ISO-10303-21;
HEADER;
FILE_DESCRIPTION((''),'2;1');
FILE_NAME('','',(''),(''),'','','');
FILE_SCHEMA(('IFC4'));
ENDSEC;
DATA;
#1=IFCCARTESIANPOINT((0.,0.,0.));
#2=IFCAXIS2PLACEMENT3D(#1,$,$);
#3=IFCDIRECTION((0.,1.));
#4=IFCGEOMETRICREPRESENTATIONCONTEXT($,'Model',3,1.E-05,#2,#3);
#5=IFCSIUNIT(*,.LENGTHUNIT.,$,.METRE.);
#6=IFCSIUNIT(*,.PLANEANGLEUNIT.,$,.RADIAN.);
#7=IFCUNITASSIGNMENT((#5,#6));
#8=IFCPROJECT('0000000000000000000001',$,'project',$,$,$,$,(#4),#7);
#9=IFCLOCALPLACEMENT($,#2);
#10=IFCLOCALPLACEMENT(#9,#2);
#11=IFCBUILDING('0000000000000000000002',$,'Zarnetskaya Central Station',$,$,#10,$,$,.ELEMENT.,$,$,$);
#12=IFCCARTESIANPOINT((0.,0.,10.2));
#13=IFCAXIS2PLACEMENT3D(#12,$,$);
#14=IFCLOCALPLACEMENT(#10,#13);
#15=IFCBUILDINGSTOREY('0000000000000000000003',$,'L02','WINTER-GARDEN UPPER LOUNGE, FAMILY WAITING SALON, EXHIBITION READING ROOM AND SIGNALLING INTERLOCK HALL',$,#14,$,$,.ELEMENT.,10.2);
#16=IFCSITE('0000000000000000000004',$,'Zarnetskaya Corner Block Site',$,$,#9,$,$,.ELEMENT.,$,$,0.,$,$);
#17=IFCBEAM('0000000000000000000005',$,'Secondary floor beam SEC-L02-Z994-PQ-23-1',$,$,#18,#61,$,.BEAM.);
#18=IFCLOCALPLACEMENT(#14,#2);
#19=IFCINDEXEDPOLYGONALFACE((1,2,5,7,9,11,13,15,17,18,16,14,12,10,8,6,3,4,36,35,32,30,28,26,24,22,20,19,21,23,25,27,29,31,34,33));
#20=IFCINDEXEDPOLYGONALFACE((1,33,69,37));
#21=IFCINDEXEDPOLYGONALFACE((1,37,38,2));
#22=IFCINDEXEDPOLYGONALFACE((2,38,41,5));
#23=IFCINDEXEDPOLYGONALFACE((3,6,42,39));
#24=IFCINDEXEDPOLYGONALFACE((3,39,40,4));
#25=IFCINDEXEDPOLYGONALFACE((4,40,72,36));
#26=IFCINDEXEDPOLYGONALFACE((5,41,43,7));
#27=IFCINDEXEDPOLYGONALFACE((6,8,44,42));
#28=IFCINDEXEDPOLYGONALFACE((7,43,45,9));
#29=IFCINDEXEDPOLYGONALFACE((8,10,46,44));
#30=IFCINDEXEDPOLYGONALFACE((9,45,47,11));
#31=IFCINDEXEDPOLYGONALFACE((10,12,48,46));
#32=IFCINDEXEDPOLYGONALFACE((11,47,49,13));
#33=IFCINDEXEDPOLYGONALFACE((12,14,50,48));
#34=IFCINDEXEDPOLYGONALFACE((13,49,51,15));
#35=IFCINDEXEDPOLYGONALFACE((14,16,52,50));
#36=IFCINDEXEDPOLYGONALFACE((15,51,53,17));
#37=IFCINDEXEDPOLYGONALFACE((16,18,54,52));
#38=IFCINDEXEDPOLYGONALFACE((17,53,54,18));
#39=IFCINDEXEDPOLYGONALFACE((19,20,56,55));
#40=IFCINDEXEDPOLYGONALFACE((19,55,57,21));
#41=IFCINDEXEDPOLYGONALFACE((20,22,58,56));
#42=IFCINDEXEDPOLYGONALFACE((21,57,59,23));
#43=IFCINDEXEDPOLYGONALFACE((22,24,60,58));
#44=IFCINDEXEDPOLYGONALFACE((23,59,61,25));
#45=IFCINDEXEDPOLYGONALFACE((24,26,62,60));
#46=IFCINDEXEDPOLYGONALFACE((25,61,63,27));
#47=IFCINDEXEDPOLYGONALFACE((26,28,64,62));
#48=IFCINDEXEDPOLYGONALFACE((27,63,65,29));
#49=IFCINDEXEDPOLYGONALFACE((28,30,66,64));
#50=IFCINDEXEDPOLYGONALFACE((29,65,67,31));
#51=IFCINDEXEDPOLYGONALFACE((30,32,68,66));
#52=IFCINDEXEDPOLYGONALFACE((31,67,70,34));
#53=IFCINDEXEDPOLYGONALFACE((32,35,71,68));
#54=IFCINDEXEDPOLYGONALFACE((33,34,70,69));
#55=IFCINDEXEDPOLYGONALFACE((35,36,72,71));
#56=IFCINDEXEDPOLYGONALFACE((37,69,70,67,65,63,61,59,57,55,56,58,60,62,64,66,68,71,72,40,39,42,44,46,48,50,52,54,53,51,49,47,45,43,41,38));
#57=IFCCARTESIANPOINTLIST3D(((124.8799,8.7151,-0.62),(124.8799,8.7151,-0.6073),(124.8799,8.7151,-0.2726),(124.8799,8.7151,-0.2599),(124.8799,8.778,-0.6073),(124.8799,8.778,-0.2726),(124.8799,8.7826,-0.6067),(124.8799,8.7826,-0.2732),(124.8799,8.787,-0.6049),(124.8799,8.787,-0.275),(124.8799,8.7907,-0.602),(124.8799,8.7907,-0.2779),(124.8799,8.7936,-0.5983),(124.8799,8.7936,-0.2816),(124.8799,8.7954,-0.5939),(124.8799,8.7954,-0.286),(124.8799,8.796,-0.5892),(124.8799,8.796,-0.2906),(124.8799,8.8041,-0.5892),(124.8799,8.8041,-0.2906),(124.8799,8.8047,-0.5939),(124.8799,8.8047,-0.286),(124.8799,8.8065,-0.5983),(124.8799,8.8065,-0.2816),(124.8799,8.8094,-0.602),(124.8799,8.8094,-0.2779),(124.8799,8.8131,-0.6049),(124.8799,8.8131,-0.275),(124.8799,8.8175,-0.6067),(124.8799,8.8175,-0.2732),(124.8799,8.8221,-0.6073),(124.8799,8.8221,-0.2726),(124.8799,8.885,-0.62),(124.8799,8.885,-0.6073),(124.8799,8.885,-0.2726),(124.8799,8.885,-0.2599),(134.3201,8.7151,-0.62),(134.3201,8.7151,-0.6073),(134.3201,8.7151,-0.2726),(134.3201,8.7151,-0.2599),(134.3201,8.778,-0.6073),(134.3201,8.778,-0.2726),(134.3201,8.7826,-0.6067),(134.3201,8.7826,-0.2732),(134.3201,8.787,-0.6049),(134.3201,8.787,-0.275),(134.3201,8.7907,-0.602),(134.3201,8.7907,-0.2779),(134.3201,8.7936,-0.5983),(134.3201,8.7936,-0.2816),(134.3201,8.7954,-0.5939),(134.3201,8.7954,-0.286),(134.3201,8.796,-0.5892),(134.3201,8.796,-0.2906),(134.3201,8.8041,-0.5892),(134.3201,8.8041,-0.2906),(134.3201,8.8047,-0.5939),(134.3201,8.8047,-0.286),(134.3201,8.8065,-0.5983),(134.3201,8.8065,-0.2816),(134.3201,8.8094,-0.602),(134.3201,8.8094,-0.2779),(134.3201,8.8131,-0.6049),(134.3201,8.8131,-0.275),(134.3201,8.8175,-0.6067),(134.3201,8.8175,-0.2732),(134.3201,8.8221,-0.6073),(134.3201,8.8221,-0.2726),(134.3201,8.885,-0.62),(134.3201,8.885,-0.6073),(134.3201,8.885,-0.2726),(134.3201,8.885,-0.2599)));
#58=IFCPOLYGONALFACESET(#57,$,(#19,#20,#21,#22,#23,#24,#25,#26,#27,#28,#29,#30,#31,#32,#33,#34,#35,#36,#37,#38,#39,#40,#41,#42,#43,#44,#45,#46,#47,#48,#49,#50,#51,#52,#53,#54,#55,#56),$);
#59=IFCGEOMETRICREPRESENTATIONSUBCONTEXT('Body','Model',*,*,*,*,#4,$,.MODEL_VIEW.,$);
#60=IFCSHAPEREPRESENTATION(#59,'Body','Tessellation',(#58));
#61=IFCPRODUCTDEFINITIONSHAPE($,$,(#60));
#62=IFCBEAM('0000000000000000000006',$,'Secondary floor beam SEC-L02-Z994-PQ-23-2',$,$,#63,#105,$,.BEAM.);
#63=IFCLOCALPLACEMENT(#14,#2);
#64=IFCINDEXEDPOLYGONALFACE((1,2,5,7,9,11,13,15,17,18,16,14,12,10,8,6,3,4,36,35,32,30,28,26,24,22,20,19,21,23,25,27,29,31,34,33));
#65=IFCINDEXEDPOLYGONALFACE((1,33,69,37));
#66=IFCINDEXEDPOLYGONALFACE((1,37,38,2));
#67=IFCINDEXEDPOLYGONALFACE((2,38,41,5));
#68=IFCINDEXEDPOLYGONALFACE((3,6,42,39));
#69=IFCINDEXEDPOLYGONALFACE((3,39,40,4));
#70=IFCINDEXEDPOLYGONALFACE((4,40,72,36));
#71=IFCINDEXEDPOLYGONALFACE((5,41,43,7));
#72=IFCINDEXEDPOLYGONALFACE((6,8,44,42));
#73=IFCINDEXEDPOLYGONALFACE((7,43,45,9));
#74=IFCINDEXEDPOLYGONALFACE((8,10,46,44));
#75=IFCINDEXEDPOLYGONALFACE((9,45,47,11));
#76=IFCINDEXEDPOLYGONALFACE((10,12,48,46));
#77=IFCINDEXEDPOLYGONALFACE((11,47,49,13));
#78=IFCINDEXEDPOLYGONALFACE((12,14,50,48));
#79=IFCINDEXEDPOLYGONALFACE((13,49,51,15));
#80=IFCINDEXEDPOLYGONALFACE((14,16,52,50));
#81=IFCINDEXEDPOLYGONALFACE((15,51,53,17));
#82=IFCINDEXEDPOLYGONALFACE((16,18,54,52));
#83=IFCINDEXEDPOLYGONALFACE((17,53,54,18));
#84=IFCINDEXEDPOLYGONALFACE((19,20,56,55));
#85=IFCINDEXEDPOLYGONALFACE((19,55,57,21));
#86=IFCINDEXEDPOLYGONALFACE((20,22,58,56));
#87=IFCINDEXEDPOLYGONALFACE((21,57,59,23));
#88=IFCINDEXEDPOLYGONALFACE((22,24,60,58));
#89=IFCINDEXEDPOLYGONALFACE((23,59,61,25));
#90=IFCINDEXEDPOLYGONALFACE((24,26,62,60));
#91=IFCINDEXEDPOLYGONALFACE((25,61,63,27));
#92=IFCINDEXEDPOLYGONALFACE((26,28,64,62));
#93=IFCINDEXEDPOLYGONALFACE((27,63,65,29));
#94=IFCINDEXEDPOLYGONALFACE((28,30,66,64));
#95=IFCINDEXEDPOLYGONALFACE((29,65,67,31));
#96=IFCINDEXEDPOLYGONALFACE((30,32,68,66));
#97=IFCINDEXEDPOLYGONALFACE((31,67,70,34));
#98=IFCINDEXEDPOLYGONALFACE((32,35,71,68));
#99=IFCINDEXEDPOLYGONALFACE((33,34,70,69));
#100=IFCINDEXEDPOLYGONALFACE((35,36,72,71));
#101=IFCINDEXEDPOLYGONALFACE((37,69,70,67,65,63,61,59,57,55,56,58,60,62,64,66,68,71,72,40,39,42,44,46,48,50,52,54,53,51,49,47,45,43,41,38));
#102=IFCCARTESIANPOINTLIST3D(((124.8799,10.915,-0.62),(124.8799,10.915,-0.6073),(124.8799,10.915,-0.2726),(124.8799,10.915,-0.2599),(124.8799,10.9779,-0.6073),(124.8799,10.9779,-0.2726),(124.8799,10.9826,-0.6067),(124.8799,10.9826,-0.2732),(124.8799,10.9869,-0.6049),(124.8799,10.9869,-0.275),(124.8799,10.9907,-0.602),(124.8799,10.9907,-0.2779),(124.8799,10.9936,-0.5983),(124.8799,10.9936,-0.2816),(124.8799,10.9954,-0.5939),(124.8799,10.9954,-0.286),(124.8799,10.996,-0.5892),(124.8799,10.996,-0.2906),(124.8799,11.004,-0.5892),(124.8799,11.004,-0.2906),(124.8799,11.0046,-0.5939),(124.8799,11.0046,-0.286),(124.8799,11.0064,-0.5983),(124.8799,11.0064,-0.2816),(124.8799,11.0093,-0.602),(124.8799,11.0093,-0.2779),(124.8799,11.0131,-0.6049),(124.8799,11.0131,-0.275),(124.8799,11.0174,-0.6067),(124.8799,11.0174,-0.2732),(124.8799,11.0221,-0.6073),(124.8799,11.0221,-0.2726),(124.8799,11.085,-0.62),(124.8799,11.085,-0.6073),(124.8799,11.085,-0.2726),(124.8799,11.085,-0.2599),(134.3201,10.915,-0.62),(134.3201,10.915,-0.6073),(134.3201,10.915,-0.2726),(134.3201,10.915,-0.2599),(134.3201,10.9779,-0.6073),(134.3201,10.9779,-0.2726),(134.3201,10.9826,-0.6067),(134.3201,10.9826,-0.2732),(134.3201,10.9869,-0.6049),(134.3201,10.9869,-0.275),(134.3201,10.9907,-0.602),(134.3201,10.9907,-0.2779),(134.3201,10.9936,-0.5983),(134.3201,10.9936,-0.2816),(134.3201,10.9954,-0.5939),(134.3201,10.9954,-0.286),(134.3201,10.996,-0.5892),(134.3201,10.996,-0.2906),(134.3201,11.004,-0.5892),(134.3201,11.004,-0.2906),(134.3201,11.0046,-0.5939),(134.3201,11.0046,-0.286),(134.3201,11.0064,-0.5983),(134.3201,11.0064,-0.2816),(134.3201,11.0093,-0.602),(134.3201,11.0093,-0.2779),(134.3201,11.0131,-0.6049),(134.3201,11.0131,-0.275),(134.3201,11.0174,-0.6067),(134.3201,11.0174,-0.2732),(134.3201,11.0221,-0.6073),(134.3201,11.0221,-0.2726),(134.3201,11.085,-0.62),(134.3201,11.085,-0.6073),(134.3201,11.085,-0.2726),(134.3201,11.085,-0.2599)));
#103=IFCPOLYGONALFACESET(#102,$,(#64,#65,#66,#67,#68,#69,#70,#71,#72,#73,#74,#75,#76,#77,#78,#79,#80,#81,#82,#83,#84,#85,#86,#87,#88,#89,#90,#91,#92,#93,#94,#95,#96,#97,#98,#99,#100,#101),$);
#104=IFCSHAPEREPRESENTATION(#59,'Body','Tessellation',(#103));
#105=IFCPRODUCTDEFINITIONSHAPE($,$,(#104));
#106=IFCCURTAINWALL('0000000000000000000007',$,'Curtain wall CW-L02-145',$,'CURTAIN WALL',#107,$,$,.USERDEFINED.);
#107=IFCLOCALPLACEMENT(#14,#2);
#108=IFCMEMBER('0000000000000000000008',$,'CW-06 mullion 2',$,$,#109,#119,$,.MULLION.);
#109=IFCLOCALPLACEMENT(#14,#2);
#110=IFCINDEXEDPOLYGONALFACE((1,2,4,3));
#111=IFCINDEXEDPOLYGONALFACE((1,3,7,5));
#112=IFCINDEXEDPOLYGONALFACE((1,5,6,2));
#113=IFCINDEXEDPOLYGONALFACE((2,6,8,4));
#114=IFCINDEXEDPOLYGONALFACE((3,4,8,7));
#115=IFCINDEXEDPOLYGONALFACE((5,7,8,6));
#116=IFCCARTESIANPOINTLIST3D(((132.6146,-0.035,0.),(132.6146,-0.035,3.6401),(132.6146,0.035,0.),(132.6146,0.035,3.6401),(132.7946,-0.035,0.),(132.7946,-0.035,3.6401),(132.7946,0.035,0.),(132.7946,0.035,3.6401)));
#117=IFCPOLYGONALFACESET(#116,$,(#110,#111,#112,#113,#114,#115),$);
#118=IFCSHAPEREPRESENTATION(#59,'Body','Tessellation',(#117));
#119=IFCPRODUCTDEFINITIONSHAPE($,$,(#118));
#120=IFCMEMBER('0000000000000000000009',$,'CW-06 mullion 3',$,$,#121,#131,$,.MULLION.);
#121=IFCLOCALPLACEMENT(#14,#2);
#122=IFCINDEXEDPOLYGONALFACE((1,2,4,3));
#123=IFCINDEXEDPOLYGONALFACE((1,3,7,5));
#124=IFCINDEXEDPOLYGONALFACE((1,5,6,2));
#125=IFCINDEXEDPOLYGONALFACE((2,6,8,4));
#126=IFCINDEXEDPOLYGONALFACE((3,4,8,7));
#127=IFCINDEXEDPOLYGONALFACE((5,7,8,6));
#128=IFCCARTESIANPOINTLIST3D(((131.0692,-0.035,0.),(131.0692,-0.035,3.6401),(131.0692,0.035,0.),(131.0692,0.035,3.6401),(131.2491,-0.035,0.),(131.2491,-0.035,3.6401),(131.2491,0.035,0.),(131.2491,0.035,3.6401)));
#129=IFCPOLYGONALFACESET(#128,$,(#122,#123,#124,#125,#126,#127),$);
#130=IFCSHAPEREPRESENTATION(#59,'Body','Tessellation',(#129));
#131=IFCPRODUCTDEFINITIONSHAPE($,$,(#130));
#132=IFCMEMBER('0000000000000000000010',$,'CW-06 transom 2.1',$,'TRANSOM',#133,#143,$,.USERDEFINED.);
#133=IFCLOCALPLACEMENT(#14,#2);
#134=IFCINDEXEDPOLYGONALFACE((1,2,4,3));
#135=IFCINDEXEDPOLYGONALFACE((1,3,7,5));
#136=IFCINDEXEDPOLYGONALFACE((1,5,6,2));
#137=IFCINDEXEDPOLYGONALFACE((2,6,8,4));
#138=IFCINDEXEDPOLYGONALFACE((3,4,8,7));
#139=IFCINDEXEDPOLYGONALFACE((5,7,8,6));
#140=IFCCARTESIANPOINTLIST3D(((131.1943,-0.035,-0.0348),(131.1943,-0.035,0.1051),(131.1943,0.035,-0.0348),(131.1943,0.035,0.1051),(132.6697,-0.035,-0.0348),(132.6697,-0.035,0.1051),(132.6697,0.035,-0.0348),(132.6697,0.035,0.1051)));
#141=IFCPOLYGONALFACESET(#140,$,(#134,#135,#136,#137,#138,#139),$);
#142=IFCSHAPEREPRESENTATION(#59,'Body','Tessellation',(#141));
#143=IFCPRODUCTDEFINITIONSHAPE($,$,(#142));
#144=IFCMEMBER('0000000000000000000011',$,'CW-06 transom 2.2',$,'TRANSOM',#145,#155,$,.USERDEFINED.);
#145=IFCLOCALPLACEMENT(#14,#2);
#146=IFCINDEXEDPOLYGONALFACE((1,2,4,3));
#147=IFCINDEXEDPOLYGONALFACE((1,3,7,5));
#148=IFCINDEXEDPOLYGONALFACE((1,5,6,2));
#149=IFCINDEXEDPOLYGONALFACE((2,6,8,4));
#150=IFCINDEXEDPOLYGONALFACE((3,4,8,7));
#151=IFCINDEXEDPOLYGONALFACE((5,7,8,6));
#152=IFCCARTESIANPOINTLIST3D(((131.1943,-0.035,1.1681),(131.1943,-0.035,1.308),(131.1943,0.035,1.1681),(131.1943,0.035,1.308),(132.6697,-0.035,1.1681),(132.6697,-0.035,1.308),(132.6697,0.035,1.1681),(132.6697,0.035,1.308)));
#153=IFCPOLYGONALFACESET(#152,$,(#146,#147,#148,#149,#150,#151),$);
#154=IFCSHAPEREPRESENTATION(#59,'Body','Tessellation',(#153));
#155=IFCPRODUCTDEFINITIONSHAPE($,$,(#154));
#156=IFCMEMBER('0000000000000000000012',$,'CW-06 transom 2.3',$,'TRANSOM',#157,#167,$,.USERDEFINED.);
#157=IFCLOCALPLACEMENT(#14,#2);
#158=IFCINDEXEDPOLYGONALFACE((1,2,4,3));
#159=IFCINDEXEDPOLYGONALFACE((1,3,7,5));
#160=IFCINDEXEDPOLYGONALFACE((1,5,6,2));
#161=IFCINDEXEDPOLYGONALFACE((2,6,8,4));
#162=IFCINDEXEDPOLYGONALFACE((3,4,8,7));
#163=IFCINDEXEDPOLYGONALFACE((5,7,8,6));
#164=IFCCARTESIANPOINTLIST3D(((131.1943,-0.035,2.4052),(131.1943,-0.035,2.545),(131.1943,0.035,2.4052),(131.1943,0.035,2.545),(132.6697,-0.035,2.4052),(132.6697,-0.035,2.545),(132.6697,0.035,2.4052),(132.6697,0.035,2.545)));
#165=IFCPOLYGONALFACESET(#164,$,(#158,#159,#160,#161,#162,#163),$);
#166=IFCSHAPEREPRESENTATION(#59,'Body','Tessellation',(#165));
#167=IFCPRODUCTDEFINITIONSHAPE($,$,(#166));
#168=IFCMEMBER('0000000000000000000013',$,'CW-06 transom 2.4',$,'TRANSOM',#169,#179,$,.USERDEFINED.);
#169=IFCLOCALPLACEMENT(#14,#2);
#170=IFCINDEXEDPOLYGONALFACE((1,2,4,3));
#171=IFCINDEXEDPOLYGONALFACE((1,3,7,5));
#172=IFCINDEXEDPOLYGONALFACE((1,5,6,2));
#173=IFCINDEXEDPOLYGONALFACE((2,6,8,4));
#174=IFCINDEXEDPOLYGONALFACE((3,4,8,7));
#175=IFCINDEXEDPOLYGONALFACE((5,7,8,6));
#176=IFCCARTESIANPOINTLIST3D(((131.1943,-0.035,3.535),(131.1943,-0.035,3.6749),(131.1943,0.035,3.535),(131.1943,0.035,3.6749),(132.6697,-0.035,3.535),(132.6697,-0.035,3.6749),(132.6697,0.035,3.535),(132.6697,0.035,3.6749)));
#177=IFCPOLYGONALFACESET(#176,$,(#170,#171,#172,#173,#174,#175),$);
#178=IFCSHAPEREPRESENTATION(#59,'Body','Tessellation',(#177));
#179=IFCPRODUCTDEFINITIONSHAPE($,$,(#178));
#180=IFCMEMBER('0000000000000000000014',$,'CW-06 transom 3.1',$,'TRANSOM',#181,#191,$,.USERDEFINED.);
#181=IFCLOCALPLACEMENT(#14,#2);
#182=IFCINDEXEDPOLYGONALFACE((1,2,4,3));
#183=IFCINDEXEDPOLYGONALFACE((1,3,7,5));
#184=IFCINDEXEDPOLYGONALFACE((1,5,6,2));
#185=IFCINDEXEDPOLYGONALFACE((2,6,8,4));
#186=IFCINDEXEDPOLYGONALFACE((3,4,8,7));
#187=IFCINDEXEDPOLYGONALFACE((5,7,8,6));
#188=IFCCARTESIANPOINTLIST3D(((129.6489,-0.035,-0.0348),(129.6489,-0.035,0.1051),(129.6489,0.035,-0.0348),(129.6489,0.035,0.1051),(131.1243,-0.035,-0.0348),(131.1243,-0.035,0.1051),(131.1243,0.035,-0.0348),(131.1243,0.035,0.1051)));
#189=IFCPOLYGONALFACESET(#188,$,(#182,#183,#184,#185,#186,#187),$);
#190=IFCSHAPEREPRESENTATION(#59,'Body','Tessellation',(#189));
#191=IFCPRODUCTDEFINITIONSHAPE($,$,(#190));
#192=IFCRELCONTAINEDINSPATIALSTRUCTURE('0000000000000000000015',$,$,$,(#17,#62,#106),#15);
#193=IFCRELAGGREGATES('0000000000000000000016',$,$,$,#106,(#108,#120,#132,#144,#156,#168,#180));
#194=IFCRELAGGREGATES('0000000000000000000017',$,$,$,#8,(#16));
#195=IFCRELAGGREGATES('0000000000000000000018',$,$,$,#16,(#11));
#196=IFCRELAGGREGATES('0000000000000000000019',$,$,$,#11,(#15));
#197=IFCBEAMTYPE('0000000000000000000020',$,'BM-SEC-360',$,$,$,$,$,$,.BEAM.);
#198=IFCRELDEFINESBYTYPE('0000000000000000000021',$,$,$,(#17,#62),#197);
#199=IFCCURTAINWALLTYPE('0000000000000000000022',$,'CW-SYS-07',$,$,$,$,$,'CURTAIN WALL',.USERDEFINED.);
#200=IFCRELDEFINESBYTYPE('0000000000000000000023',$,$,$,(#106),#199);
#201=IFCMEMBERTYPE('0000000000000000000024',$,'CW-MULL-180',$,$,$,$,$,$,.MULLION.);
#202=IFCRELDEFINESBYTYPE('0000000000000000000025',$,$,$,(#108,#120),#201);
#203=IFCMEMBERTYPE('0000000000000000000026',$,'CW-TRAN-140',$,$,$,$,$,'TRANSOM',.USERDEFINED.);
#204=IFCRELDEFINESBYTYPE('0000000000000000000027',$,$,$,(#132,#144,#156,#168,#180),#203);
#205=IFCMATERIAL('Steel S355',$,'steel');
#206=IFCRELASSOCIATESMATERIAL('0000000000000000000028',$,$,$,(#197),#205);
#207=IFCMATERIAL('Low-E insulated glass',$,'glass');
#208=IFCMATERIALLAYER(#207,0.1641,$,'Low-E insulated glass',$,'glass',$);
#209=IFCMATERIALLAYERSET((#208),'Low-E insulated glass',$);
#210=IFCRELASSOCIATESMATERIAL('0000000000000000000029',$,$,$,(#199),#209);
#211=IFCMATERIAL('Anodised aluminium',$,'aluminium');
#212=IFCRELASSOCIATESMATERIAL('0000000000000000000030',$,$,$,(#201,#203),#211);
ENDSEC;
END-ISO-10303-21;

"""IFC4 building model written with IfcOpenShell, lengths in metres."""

from ifc_helpers import new_model, si_unit, direction, frame, origin, origin_2d, place, context, subcontext, project, spatial, rectangle, i_section, extrude, material, layer, layer_set, material_profile, profile_set, type_object, element, aggregate, save


model = new_model("IFC4")

# Units and contexts
model_context = context("Model", 3, precision=1e-05, world=origin(), true_north=direction((0.0, 1.0)))
body_context = subcontext(model_context, "Body", "Model", "MODEL_VIEW")
ifc_project = project(units=[si_unit("LENGTHUNIT", "METRE"), si_unit("PLANEANGLEUNIT", "RADIAN")], contexts=[model_context])

# Site, building, storey
site_placement = place(None, origin())
site = spatial("IfcSite", under=ifc_project, at=site_placement, Name="Zarnetskaya Corner Block Site", CompositionType="ELEMENT", RefElevation=0.0)
building_placement = place(site_placement, origin())
building = spatial("IfcBuilding", under=site, at=building_placement, Name="Zarnetskaya Central Station", CompositionType="ELEMENT")
storey_placement = place(building_placement, frame((0.0, 0.0, 10.2)))
storey = spatial("IfcBuildingStorey", under=building, at=storey_placement, Name="L02", Description="WINTER-GARDEN UPPER LOUNGE, FAMILY WAITING SALON, EXHIBITION READING ROOM AND SIGNALLING INTERLOCK HALL", CompositionType="ELEMENT", Elevation=10.2)

# Beams
ifc_material_1 = material(Name="Steel S355", Category="steel")
ifc_material_profile_1 = material_profile(ifc_material_1, i_section(OverallWidth=0.1699, OverallDepth=0.3601, WebThickness=0.0081, FlangeThickness=0.0127, FilletRadius=0.0181, at=origin_2d()), Name="IPE 360")
ifc_profile_set_1 = profile_set([ifc_material_profile_1], Name="Steel S355")
beam_type = type_object("IfcBeamType", Name="BM-SEC-360", PredefinedType="BEAM", material=ifc_profile_set_1)
for number, where, z_axis, x_axis, name in (
    (1, (124.8799, 8.8, -0.4399), (1.0, 0.0, 0.0), (0.0, 1.0, 0.0), "Secondary floor beam SEC-L02-Z994-PQ-23-1"),
    (2, (124.8799, 11.0, -0.4399), (1.0, 0.0, 0.0), (0.0, 1.0, 0.0), "Secondary floor beam SEC-L02-Z994-PQ-23-2"),
):
    element("IfcBeam", number, at=place(storey_placement, frame(where, z_axis=z_axis, x_axis=x_axis)), inside=storey, type_object=beam_type, Name=name, PredefinedType="BEAM", context=body_context, shape_type="SweptSolid", body=[
        extrude(i_section(OverallWidth=0.1699, OverallDepth=0.3601, WebThickness=0.0081, FlangeThickness=0.0127, FilletRadius=0.0181, at=origin_2d()), origin(), (0.0, 0.0, 1.0), 9.4402),
    ])

# Curtain wall, members
ifc_material_2 = material(Name="Low-E insulated glass", Category="glass")
ifc_layer_1 = layer(ifc_material_2, 0.1641, Name="Low-E insulated glass", Category="glass")
ifc_layer_set_1 = layer_set([ifc_layer_1], Name="Low-E insulated glass")
curtain_wall_type = type_object("IfcCurtainWallType", Name="CW-SYS-07", ElementType="CURTAIN WALL", PredefinedType="USERDEFINED", material=ifc_layer_set_1)
curtain_wall_placement = place(storey_placement, origin())
curtain_wall = element("IfcCurtainWall", 3, at=curtain_wall_placement, inside=storey, type_object=curtain_wall_type, Name="Curtain wall CW-L02-145", ObjectType="CURTAIN WALL", PredefinedType="USERDEFINED")
ifc_material_3 = material(Name="Anodised aluminium", Category="aluminium")
ifc_material_profile_2 = material_profile(ifc_material_3, rectangle(XDim=0.0701, YDim=0.1799, at=origin_2d()), Name="ALU MULL 70x180")
ifc_profile_set_2 = profile_set([ifc_material_profile_2], Name="Anodised aluminium")
member_type_1 = type_object("IfcMemberType", Name="CW-MULL-180", PredefinedType="MULLION", material=ifc_profile_set_2)
member_1_placement = place(storey_placement, frame((132.7046, 0.0, 0.0), z_axis=(0.0, 0.0, 1.0), x_axis=(0.0, -1.0, 0.0)))
member_1 = element("IfcMember", 4, at=member_1_placement, type_object=member_type_1, Name="CW-06 mullion 2", PredefinedType="MULLION", context=body_context, shape_type="SweptSolid", body=[
    extrude(rectangle(XDim=0.0701, YDim=0.1799, at=origin_2d()), origin(), (0.0, 0.0, 1.0), 3.6401),
])
member_2_placement = place(storey_placement, frame((131.1592, 0.0, 0.0), z_axis=(0.0, 0.0, 1.0), x_axis=(0.0, -1.0, 0.0)))
member_2 = element("IfcMember", 5, at=member_2_placement, type_object=member_type_1, Name="CW-06 mullion 3", PredefinedType="MULLION", context=body_context, shape_type="SweptSolid", body=[
    extrude(rectangle(XDim=0.0701, YDim=0.1799, at=origin_2d()), origin(), (0.0, 0.0, 1.0), 3.6401),
])
ifc_material_profile_3 = material_profile(ifc_material_3, rectangle(XDim=0.0701, YDim=0.1399, at=origin_2d()), Name="ALU TRAN 70x140")
ifc_profile_set_3 = profile_set([ifc_material_profile_3], Name="Anodised aluminium")
member_type_2 = type_object("IfcMemberType", Name="CW-TRAN-140", ElementType="TRANSOM", PredefinedType="USERDEFINED", material=ifc_profile_set_3)
member_3_placement = place(storey_placement, frame((132.6697, 0.0, 0.0352), z_axis=(-1.0, 0.0, 0.0), x_axis=(0.0, -1.0, 0.0)))
member_3 = element("IfcMember", 6, at=member_3_placement, type_object=member_type_2, Name="CW-06 transom 2.1", ObjectType="TRANSOM", PredefinedType="USERDEFINED", context=body_context, shape_type="SweptSolid", body=[
    extrude(rectangle(XDim=0.0701, YDim=0.1399, at=origin_2d()), origin(), (0.0, 0.0, 1.0), 1.4753),
])
member_4_placement = place(storey_placement, frame((132.6697, 0.0, 1.238), z_axis=(-1.0, 0.0, 0.0), x_axis=(0.0, -1.0, 0.0)))
member_4 = element("IfcMember", 7, at=member_4_placement, type_object=member_type_2, Name="CW-06 transom 2.2", ObjectType="TRANSOM", PredefinedType="USERDEFINED", context=body_context, shape_type="SweptSolid", body=[
    extrude(rectangle(XDim=0.0701, YDim=0.1399, at=origin_2d()), origin(), (0.0, 0.0, 1.0), 1.4753),
])
member_5_placement = place(storey_placement, frame((132.6697, 0.0, 2.4751), z_axis=(-1.0, 0.0, 0.0), x_axis=(0.0, -1.0, 0.0)))
member_5 = element("IfcMember", 8, at=member_5_placement, type_object=member_type_2, Name="CW-06 transom 2.3", ObjectType="TRANSOM", PredefinedType="USERDEFINED", context=body_context, shape_type="SweptSolid", body=[
    extrude(rectangle(XDim=0.0701, YDim=0.1399, at=origin_2d()), origin(), (0.0, 0.0, 1.0), 1.4753),
])
member_6_placement = place(storey_placement, frame((132.6697, 0.0, 3.605), z_axis=(-1.0, 0.0, 0.0), x_axis=(0.0, -1.0, 0.0)))
member_6 = element("IfcMember", 9, at=member_6_placement, type_object=member_type_2, Name="CW-06 transom 2.4", ObjectType="TRANSOM", PredefinedType="USERDEFINED", context=body_context, shape_type="SweptSolid", body=[
    extrude(rectangle(XDim=0.0701, YDim=0.1399, at=origin_2d()), origin(), (0.0, 0.0, 1.0), 1.4753),
])
member_7_placement = place(storey_placement, frame((131.1243, 0.0, 0.0352), z_axis=(-1.0, 0.0, 0.0), x_axis=(0.0, -1.0, 0.0)))
member_7 = element("IfcMember", 10, at=member_7_placement, type_object=member_type_2, Name="CW-06 transom 3.1", ObjectType="TRANSOM", PredefinedType="USERDEFINED", context=body_context, shape_type="SweptSolid", body=[
    extrude(rectangle(XDim=0.0701, YDim=0.1399, at=origin_2d()), origin(), (0.0, 0.0, 1.0), 1.4753),
])
aggregate(curtain_wall, [member_1, member_2, member_3, member_4, member_5, member_6, member_7])

save(model, "model.ifc")
